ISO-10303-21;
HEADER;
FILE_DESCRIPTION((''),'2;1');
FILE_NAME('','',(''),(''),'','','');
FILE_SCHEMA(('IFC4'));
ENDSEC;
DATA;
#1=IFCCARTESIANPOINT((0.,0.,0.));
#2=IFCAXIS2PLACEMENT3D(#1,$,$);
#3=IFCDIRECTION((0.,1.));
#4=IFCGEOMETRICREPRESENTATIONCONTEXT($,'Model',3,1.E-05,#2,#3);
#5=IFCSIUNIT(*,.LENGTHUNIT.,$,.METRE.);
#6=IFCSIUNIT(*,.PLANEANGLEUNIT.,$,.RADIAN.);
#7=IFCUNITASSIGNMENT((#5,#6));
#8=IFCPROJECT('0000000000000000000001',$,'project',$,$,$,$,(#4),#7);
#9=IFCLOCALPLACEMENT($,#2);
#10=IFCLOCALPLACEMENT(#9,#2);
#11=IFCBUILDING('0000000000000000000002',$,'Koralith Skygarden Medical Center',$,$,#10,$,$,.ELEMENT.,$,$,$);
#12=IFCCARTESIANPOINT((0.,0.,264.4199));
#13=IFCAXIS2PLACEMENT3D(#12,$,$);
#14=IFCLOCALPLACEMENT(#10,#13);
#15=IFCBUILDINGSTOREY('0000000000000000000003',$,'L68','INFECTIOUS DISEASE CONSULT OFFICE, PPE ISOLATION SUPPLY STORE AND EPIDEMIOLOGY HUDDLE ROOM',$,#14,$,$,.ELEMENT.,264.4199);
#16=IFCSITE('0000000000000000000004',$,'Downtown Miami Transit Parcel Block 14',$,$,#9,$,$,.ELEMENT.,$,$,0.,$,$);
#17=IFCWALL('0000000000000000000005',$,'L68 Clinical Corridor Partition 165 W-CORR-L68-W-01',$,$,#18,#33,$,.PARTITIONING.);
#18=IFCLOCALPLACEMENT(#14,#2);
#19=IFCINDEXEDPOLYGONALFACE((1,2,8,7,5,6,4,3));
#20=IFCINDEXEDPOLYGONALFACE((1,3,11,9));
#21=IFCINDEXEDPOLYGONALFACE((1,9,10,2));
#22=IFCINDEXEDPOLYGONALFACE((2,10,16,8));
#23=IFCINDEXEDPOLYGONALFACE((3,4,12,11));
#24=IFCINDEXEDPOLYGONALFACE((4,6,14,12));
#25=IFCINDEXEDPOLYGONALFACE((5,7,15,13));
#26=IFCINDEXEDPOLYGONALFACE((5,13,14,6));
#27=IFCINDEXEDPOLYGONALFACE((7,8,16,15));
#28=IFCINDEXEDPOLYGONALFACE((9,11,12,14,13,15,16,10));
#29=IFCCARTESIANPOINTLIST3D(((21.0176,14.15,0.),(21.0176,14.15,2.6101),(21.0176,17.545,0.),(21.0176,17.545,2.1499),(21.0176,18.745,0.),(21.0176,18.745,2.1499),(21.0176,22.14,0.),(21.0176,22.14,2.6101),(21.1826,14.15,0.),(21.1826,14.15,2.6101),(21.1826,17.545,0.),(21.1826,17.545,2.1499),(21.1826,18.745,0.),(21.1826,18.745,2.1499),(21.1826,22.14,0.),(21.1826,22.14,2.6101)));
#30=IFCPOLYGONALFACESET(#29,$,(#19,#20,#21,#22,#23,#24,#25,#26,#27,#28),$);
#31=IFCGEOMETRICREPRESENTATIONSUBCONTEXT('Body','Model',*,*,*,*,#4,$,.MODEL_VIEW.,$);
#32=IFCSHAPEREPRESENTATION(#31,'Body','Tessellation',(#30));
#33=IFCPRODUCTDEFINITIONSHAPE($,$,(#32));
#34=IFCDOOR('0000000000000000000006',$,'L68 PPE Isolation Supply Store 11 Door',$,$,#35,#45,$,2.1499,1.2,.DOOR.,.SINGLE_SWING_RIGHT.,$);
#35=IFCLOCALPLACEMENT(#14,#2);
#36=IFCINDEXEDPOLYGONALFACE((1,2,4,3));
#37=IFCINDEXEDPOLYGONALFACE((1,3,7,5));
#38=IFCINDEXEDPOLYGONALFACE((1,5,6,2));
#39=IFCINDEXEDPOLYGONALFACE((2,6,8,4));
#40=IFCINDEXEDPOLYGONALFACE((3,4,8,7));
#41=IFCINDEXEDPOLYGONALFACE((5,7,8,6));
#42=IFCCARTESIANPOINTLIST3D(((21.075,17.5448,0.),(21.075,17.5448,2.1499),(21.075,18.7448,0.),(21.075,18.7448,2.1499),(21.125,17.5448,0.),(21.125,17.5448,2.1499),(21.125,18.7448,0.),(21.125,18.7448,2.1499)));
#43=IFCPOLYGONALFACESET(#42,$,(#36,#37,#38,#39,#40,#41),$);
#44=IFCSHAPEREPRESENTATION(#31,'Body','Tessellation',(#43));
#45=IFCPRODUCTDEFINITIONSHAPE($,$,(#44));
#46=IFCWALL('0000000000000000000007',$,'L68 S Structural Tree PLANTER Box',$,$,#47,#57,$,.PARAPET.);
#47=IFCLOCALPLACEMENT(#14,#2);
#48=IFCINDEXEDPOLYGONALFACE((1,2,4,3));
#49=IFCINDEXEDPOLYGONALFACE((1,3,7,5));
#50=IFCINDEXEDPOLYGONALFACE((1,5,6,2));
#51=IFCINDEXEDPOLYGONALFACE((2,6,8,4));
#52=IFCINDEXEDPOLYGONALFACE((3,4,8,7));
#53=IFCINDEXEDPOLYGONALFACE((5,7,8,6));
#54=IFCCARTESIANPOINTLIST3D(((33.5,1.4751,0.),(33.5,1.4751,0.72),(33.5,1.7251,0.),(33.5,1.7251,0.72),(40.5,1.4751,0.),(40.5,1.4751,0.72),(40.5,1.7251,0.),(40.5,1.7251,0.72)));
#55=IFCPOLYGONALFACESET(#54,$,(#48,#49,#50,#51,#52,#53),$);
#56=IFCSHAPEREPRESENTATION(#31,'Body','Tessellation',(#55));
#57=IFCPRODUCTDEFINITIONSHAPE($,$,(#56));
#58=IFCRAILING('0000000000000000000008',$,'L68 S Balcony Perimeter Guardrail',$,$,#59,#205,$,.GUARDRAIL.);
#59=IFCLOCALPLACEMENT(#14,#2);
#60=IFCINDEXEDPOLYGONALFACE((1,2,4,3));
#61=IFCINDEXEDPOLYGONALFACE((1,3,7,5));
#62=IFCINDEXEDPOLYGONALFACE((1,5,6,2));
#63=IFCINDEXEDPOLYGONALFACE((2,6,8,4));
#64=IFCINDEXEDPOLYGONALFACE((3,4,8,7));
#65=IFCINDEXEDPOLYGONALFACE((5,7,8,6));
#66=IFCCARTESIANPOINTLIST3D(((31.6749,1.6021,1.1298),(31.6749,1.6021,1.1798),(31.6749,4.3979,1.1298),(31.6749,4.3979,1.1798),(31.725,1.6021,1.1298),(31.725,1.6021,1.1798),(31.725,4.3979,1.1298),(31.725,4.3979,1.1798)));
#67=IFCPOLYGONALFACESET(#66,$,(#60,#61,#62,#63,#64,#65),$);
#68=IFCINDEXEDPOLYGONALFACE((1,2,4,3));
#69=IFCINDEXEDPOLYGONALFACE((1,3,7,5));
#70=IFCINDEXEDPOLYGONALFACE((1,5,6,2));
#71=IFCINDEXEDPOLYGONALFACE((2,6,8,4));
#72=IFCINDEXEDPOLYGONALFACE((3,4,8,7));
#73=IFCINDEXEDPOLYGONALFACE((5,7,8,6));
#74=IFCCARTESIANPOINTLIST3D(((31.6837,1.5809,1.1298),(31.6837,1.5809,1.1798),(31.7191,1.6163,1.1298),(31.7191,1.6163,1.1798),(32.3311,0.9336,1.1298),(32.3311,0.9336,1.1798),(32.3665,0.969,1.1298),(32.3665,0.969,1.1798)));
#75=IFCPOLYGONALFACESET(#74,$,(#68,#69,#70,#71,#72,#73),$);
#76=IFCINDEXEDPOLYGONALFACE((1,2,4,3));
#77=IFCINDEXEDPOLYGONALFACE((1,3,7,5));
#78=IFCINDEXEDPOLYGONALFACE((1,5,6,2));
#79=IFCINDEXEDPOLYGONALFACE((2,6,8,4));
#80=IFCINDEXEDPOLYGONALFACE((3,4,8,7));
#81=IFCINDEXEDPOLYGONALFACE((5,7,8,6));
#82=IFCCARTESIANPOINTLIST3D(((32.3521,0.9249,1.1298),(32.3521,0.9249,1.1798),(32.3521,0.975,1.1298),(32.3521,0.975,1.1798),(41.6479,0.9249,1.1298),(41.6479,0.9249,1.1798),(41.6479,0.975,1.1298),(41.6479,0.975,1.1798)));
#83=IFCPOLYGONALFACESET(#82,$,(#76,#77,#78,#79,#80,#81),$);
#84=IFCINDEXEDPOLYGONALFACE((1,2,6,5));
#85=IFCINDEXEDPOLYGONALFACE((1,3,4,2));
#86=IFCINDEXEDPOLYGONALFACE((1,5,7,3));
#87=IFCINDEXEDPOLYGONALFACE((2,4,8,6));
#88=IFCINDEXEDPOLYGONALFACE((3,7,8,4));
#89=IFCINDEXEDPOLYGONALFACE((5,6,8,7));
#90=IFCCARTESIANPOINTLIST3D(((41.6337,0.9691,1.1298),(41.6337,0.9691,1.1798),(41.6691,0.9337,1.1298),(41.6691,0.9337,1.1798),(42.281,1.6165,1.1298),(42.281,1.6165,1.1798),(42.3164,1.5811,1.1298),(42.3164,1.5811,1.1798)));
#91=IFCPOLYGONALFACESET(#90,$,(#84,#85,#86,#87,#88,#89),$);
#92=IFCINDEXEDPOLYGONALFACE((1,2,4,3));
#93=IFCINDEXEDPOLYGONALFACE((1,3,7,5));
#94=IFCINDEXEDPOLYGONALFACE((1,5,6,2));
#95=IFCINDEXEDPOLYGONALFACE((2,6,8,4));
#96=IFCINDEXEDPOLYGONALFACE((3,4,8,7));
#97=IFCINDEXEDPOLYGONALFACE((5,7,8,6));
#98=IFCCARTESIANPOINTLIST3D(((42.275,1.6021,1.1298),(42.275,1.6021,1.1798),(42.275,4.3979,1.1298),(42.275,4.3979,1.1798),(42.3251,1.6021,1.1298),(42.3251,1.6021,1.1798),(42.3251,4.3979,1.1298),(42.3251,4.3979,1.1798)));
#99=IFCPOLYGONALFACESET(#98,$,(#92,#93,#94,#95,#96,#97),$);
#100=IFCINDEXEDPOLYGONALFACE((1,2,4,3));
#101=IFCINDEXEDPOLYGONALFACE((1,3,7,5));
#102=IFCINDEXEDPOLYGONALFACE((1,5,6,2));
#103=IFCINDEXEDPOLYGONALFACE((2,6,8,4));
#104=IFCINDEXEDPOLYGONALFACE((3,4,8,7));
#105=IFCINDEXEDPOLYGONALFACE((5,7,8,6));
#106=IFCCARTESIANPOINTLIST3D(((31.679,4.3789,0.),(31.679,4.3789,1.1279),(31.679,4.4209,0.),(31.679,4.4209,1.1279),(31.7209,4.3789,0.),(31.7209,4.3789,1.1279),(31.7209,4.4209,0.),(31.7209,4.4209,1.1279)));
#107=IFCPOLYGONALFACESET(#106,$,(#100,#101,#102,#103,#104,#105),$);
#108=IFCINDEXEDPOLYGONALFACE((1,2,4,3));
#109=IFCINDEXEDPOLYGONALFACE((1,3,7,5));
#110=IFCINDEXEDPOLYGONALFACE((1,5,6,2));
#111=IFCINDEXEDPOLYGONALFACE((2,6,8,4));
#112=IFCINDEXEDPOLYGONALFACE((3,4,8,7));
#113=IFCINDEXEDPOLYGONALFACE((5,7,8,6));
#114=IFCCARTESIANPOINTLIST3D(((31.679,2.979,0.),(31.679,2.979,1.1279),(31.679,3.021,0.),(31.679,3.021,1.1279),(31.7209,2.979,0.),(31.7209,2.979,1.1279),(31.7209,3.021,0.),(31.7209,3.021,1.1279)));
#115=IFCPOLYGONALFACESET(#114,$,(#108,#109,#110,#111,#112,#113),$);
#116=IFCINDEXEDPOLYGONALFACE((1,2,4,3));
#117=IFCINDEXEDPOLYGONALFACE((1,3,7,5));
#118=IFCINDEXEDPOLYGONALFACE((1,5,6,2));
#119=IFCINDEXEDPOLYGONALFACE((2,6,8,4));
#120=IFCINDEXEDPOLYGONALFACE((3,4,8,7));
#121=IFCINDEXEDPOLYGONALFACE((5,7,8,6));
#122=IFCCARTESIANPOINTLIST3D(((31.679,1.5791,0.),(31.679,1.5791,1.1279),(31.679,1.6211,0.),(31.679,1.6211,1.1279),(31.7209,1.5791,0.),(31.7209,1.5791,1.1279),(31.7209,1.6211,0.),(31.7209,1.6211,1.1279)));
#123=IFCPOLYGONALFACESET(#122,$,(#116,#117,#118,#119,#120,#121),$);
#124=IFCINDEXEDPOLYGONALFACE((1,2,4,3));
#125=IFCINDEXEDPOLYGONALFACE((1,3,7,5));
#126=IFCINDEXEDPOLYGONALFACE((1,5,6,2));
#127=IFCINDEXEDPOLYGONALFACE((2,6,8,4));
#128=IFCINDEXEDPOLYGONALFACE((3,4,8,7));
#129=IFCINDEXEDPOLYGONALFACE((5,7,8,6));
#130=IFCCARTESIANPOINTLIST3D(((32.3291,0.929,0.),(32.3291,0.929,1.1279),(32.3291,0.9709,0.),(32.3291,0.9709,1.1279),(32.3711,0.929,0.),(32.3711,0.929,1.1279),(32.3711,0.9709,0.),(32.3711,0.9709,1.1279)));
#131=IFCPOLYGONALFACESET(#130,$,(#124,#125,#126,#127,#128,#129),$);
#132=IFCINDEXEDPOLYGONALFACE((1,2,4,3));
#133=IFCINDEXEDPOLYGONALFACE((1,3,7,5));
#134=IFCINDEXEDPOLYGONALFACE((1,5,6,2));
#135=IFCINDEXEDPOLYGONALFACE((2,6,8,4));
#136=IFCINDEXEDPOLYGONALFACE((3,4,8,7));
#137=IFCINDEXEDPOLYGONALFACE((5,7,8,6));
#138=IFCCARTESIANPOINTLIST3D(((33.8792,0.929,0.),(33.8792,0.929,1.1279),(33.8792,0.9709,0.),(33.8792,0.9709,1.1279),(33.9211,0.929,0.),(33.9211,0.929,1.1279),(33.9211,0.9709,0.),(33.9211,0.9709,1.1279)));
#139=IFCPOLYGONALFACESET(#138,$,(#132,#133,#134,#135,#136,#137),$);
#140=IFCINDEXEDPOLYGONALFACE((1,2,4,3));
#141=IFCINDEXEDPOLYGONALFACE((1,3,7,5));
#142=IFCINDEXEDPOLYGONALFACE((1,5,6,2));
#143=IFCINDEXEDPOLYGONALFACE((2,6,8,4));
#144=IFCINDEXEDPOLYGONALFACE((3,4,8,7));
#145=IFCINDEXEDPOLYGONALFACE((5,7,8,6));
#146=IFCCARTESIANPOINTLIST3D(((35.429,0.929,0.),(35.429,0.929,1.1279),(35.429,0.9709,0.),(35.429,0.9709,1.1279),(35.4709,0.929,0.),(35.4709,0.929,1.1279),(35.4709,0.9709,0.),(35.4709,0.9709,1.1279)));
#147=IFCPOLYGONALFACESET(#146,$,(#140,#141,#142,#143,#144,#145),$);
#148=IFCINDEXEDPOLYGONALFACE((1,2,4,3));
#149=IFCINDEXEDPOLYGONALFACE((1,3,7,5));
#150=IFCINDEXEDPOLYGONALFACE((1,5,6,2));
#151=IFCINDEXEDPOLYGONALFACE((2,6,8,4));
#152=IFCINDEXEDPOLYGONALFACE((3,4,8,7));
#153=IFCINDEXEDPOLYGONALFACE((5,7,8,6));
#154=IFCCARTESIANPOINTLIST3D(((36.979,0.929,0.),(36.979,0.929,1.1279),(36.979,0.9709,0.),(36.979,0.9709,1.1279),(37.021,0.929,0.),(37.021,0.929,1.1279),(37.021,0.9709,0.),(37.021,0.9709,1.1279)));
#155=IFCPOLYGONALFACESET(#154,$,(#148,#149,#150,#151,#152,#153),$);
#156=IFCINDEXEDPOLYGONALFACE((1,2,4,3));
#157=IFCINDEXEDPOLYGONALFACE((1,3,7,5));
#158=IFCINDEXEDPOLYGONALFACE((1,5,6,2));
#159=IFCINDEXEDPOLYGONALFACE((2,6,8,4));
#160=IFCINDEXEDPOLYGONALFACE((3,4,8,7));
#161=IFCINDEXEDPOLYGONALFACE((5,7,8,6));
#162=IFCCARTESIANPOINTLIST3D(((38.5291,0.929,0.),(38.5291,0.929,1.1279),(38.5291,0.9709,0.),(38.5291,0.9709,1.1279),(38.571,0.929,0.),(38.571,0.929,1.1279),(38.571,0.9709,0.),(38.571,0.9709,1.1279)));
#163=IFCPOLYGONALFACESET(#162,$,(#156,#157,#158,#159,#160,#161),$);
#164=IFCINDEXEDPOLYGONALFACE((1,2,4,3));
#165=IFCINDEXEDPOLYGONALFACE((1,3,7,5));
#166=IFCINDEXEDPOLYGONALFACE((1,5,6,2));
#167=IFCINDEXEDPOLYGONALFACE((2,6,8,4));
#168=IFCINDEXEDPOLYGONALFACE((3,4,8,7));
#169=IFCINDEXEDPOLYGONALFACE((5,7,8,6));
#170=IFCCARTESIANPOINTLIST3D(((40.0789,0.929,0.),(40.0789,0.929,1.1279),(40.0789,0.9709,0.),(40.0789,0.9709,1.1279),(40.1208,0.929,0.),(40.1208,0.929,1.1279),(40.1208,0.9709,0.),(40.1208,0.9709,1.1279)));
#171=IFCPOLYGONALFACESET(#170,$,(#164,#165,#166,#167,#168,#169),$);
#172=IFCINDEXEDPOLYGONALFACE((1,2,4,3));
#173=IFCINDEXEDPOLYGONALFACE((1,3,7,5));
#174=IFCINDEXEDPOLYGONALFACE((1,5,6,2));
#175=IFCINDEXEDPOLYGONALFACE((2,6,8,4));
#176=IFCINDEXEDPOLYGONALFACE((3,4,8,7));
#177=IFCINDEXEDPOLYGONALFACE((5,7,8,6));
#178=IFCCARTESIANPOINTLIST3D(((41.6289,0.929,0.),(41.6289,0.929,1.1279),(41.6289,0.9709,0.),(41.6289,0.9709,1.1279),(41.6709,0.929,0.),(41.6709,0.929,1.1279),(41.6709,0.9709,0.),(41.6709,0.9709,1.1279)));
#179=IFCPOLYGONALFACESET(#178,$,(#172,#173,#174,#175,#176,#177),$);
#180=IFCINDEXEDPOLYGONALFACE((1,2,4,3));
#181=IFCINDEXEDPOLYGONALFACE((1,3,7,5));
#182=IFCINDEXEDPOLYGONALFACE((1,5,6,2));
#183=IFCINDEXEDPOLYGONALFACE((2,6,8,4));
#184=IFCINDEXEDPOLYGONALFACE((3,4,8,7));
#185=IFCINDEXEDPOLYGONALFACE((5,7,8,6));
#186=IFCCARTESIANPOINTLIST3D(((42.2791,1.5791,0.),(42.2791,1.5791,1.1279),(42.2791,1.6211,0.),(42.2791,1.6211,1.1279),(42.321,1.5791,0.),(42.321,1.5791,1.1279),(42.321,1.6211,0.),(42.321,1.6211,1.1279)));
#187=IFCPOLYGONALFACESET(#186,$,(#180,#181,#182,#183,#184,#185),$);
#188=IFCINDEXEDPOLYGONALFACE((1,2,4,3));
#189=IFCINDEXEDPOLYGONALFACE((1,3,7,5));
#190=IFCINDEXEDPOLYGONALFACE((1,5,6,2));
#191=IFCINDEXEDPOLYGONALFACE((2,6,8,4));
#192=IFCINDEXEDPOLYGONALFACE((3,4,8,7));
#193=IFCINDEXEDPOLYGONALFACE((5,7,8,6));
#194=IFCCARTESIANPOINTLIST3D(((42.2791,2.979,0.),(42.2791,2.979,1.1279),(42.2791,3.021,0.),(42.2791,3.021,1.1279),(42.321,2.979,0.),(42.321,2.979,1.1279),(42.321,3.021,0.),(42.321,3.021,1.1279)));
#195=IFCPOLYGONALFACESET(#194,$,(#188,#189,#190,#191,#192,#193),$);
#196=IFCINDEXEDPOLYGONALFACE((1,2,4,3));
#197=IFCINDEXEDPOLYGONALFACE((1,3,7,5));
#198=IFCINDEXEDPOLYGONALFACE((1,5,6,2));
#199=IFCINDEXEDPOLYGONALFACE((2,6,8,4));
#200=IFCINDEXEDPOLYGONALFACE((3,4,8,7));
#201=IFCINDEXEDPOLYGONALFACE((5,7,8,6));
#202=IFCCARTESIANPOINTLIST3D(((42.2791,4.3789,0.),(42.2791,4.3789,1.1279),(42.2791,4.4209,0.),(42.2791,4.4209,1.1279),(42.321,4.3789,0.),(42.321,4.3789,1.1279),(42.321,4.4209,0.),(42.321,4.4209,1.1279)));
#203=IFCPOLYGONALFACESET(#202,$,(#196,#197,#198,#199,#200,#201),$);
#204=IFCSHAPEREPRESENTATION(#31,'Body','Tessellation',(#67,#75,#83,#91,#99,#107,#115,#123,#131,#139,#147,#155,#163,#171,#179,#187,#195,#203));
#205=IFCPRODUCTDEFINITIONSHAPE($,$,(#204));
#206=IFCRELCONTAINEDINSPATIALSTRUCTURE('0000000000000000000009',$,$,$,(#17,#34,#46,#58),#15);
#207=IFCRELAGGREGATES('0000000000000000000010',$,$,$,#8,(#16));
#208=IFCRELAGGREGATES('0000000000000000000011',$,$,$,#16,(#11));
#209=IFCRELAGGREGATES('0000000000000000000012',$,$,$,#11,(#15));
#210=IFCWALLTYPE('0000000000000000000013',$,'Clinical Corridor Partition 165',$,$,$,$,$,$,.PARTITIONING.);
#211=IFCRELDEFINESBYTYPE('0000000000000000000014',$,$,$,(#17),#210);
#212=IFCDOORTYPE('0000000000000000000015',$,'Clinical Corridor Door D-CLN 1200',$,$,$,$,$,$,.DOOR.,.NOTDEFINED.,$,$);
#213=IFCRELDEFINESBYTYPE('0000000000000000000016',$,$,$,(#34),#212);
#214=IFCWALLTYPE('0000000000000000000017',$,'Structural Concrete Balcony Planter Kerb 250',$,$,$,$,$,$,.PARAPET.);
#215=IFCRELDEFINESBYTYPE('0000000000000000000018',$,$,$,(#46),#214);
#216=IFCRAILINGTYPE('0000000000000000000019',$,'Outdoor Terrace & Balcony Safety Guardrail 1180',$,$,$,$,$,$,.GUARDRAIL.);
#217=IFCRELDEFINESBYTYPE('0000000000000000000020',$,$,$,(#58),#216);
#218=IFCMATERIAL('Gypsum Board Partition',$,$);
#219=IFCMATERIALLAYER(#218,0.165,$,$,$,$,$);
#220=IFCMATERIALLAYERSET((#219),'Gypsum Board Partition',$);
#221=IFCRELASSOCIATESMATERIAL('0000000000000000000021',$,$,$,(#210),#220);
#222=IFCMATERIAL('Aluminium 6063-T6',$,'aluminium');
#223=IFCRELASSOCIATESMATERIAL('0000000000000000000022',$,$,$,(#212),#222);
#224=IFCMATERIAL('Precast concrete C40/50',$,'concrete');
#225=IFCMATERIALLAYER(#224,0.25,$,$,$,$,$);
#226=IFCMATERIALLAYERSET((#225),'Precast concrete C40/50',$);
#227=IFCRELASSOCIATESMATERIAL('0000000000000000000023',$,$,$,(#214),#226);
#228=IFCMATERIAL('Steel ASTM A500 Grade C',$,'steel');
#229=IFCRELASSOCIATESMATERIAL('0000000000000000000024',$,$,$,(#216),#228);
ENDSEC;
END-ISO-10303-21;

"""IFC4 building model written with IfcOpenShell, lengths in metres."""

from ifc_helpers import new_model, si_unit, direction, frame, frame_2d, origin, origin_2d, place, context, subcontext, project, spatial, rectangle, extrude, material, layer, layer_set, type_object, element, fill, save


model = new_model("IFC4")

# Units and contexts
model_context = context("Model", 3, precision=1e-05, world=origin(), true_north=direction((0.0, 1.0)))
body_context = subcontext(model_context, "Body", "Model", "MODEL_VIEW")
ifc_project = project(units=[si_unit("LENGTHUNIT", "METRE"), si_unit("PLANEANGLEUNIT", "RADIAN")], contexts=[model_context])

# Site, building, storey
site_placement = place(None, origin())
site = spatial("IfcSite", under=ifc_project, at=site_placement, Name="Downtown Miami Transit Parcel Block 14", CompositionType="ELEMENT", RefElevation=0.0)
building_placement = place(site_placement, origin())
building = spatial("IfcBuilding", under=site, at=building_placement, Name="Koralith Skygarden Medical Center", CompositionType="ELEMENT")
storey_placement = place(building_placement, frame((0.0, 0.0, 264.4199)))
storey = spatial("IfcBuildingStorey", under=building, at=storey_placement, Name="L68", Description="INFECTIOUS DISEASE CONSULT OFFICE, PPE ISOLATION SUPPLY STORE AND EPIDEMIOLOGY HUDDLE ROOM", CompositionType="ELEMENT", Elevation=264.4199)

# Shared definitions
ifc_material_1 = material(Name="Aluminium 6063-T6", Category="aluminium")

# Shared definitions
ifc_material_2 = material(Name="Gypsum Board Partition")

# Wall, opening, door
ifc_layer_1 = layer(ifc_material_2, 0.165)
ifc_layer_set_1 = layer_set([ifc_layer_1], Name="Gypsum Board Partition")
wall_type_1 = type_object("IfcWallType", Name="Clinical Corridor Partition 165", PredefinedType="PARTITIONING", material=ifc_layer_set_1)
door_type_1 = type_object("IfcDoorType", Name="Clinical Corridor Door D-CLN 1200", OperationType="NOTDEFINED", PredefinedType="DOOR", material=ifc_material_1)
wall_1_placement = place(storey_placement, frame((21.1001, 14.1499, 0.0), z_axis=(0.0, 0.0, 1.0), x_axis=(0.0, 1.0, 0.0)))
wall_1 = element("IfcWall", 1, at=wall_1_placement, inside=storey, type_object=wall_type_1, Name="L68 Clinical Corridor Partition 165 W-CORR-L68-W-01", PredefinedType="PARTITIONING", context=body_context, shape_type="SweptSolid", body=[
    extrude(rectangle(XDim=7.99, YDim=0.165, at=frame_2d((3.9951, 0.0))), origin(), (0.0, 0.0, 1.0), 2.6101),
])
opening_1_placement = place(wall_1_placement, frame((3.395, 0.0, 0.0)))
opening_1 = element("IfcOpeningElement", 2, at=opening_1_placement, cuts=wall_1, PredefinedType="OPENING", context=body_context, shape_type="SweptSolid", body=[
    extrude(rectangle(XDim=1.2, YDim=2.1499, at=frame_2d((0.6001, 1.075))), frame((0.0, 0.0925, 0.0), z_axis=(0.0, -1.0, 0.0), x_axis=(1.0, 0.0, 0.0)), (0.0, 0.0, 1.0), 0.1851),
])
door_1_placement = place(opening_1_placement, frame((1.2, 0.0, 0.0), z_axis=(0.0, 0.0, 1.0), x_axis=(-1.0, 0.0, 0.0)))
door_1 = element("IfcDoor", 3, at=door_1_placement, inside=storey, type_object=door_type_1, Name="L68 PPE Isolation Supply Store 11 Door", OperationType="SINGLE_SWING_RIGHT", OverallHeight=2.1499, OverallWidth=1.2, PredefinedType="DOOR", context=body_context, shape_type="SweptSolid", body=[
    extrude(rectangle(XDim=1.2, YDim=2.1499, at=frame_2d((0.6001, 1.075))), frame((0.0, 0.0249, 0.0), z_axis=(0.0, -1.0, 0.0), x_axis=(1.0, 0.0, 0.0)), (0.0, 0.0, 1.0), 0.05),
])
fill(opening_1, door_1)

# Wall
ifc_material_3 = material(Name="Precast concrete C40/50", Category="concrete")
ifc_layer_2 = layer(ifc_material_3, 0.25)
ifc_layer_set_2 = layer_set([ifc_layer_2], Name="Precast concrete C40/50")
wall_type_2 = type_object("IfcWallType", Name="Structural Concrete Balcony Planter Kerb 250", PredefinedType="PARAPET", material=ifc_layer_set_2)
wall_2_placement = place(storey_placement, frame((33.5, 1.6001, 0.0), z_axis=(0.0, 0.0, 1.0), x_axis=(1.0, 0.0, 0.0)))
element("IfcWall", 4, at=wall_2_placement, inside=storey, type_object=wall_type_2, Name="L68 S Structural Tree PLANTER Box", PredefinedType="PARAPET", context=body_context, shape_type="SweptSolid", body=[
    extrude(rectangle(XDim=7.0, YDim=0.25, at=frame_2d((3.5, 0.0))), origin(), (0.0, 0.0, 1.0), 0.72),
])

# Railing
ifc_material_4 = material(Name="Steel ASTM A500 Grade C", Category="steel")
railing_type = type_object("IfcRailingType", Name="Outdoor Terrace & Balcony Safety Guardrail 1180", PredefinedType="GUARDRAIL", material=ifc_material_4)
railing_placement = place(storey_placement, frame((31.7, 4.3999, 0.0)))
element("IfcRailing", 5, at=railing_placement, inside=storey, type_object=railing_type, Name="L68 S Balcony Perimeter Guardrail", PredefinedType="GUARDRAIL", context=body_context, shape_type="SweptSolid", body=[
    extrude(rectangle(XDim=0.05, YDim=0.05, at=origin_2d()), frame((0.0, -0.002, 1.1548), z_axis=(0.0, -1.0, 0.0), x_axis=(1.0, 0.0, 0.0)), (0.0, 0.0, 1.0), 2.7959),
    extrude(rectangle(XDim=0.05, YDim=0.05, at=origin_2d()), frame((0.0015, -2.8013, 1.1548), z_axis=(0.707107, -0.707107, 0.0), x_axis=(0.707107, 0.707107, 0.0)), (0.0, 0.0, 1.0), 0.9155),
    extrude(rectangle(XDim=0.05, YDim=0.05, at=origin_2d()), frame((0.6521, -3.45, 1.1548), z_axis=(1.0, 0.0, 0.0), x_axis=(0.0, 1.0, 0.0)), (0.0, 0.0, 1.0), 9.2959),
    extrude(rectangle(XDim=0.05, YDim=0.05, at=origin_2d()), frame((9.9514, -3.4485, 1.1548), z_axis=(0.707107, 0.707107, 0.0), x_axis=(-0.707107, 0.707107, 0.0)), (0.0, 0.0, 1.0), 0.9155),
    extrude(rectangle(XDim=0.05, YDim=0.05, at=origin_2d()), frame((10.6001, -2.7979, 1.1548), z_axis=(0.0, 1.0, 0.0), x_axis=(-1.0, 0.0, 0.0)), (0.0, 0.0, 1.0), 2.7959),
    extrude(rectangle(XDim=0.042, YDim=0.042, at=origin_2d()), origin(), (0.0, 0.0, 1.0), 1.1279),
    extrude(rectangle(XDim=0.042, YDim=0.042, at=origin_2d()), frame((0.0, -1.3999, 0.0)), (0.0, 0.0, 1.0), 1.1279),
    extrude(rectangle(XDim=0.042, YDim=0.042, at=origin_2d()), frame((0.0, -2.7998, 0.0)), (0.0, 0.0, 1.0), 1.1279),
    extrude(rectangle(XDim=0.042, YDim=0.042, at=origin_2d()), frame((0.6501, -3.45, 0.0)), (0.0, 0.0, 1.0), 1.1279),
    extrude(rectangle(XDim=0.042, YDim=0.042, at=origin_2d()), frame((2.2002, -3.45, 0.0)), (0.0, 0.0, 1.0), 1.1279),
    extrude(rectangle(XDim=0.042, YDim=0.042, at=origin_2d()), frame((3.75, -3.45, 0.0)), (0.0, 0.0, 1.0), 1.1279),
    extrude(rectangle(XDim=0.042, YDim=0.042, at=origin_2d()), frame((5.3, -3.45, 0.0)), (0.0, 0.0, 1.0), 1.1279),
    extrude(rectangle(XDim=0.042, YDim=0.042, at=origin_2d()), frame((6.8501, -3.45, 0.0)), (0.0, 0.0, 1.0), 1.1279),
    extrude(rectangle(XDim=0.042, YDim=0.042, at=origin_2d()), frame((8.3999, -3.45, 0.0)), (0.0, 0.0, 1.0), 1.1279),
    extrude(rectangle(XDim=0.042, YDim=0.042, at=origin_2d()), frame((9.95, -3.45, 0.0)), (0.0, 0.0, 1.0), 1.1279),
    extrude(rectangle(XDim=0.042, YDim=0.042, at=origin_2d()), frame((10.6001, -2.7998, 0.0)), (0.0, 0.0, 1.0), 1.1279),
    extrude(rectangle(XDim=0.042, YDim=0.042, at=origin_2d()), frame((10.6001, -1.3999, 0.0)), (0.0, 0.0, 1.0), 1.1279),
    extrude(rectangle(XDim=0.042, YDim=0.042, at=origin_2d()), frame((10.6001, 0.0, 0.0)), (0.0, 0.0, 1.0), 1.1279),
])

save(model, "model.ifc")
